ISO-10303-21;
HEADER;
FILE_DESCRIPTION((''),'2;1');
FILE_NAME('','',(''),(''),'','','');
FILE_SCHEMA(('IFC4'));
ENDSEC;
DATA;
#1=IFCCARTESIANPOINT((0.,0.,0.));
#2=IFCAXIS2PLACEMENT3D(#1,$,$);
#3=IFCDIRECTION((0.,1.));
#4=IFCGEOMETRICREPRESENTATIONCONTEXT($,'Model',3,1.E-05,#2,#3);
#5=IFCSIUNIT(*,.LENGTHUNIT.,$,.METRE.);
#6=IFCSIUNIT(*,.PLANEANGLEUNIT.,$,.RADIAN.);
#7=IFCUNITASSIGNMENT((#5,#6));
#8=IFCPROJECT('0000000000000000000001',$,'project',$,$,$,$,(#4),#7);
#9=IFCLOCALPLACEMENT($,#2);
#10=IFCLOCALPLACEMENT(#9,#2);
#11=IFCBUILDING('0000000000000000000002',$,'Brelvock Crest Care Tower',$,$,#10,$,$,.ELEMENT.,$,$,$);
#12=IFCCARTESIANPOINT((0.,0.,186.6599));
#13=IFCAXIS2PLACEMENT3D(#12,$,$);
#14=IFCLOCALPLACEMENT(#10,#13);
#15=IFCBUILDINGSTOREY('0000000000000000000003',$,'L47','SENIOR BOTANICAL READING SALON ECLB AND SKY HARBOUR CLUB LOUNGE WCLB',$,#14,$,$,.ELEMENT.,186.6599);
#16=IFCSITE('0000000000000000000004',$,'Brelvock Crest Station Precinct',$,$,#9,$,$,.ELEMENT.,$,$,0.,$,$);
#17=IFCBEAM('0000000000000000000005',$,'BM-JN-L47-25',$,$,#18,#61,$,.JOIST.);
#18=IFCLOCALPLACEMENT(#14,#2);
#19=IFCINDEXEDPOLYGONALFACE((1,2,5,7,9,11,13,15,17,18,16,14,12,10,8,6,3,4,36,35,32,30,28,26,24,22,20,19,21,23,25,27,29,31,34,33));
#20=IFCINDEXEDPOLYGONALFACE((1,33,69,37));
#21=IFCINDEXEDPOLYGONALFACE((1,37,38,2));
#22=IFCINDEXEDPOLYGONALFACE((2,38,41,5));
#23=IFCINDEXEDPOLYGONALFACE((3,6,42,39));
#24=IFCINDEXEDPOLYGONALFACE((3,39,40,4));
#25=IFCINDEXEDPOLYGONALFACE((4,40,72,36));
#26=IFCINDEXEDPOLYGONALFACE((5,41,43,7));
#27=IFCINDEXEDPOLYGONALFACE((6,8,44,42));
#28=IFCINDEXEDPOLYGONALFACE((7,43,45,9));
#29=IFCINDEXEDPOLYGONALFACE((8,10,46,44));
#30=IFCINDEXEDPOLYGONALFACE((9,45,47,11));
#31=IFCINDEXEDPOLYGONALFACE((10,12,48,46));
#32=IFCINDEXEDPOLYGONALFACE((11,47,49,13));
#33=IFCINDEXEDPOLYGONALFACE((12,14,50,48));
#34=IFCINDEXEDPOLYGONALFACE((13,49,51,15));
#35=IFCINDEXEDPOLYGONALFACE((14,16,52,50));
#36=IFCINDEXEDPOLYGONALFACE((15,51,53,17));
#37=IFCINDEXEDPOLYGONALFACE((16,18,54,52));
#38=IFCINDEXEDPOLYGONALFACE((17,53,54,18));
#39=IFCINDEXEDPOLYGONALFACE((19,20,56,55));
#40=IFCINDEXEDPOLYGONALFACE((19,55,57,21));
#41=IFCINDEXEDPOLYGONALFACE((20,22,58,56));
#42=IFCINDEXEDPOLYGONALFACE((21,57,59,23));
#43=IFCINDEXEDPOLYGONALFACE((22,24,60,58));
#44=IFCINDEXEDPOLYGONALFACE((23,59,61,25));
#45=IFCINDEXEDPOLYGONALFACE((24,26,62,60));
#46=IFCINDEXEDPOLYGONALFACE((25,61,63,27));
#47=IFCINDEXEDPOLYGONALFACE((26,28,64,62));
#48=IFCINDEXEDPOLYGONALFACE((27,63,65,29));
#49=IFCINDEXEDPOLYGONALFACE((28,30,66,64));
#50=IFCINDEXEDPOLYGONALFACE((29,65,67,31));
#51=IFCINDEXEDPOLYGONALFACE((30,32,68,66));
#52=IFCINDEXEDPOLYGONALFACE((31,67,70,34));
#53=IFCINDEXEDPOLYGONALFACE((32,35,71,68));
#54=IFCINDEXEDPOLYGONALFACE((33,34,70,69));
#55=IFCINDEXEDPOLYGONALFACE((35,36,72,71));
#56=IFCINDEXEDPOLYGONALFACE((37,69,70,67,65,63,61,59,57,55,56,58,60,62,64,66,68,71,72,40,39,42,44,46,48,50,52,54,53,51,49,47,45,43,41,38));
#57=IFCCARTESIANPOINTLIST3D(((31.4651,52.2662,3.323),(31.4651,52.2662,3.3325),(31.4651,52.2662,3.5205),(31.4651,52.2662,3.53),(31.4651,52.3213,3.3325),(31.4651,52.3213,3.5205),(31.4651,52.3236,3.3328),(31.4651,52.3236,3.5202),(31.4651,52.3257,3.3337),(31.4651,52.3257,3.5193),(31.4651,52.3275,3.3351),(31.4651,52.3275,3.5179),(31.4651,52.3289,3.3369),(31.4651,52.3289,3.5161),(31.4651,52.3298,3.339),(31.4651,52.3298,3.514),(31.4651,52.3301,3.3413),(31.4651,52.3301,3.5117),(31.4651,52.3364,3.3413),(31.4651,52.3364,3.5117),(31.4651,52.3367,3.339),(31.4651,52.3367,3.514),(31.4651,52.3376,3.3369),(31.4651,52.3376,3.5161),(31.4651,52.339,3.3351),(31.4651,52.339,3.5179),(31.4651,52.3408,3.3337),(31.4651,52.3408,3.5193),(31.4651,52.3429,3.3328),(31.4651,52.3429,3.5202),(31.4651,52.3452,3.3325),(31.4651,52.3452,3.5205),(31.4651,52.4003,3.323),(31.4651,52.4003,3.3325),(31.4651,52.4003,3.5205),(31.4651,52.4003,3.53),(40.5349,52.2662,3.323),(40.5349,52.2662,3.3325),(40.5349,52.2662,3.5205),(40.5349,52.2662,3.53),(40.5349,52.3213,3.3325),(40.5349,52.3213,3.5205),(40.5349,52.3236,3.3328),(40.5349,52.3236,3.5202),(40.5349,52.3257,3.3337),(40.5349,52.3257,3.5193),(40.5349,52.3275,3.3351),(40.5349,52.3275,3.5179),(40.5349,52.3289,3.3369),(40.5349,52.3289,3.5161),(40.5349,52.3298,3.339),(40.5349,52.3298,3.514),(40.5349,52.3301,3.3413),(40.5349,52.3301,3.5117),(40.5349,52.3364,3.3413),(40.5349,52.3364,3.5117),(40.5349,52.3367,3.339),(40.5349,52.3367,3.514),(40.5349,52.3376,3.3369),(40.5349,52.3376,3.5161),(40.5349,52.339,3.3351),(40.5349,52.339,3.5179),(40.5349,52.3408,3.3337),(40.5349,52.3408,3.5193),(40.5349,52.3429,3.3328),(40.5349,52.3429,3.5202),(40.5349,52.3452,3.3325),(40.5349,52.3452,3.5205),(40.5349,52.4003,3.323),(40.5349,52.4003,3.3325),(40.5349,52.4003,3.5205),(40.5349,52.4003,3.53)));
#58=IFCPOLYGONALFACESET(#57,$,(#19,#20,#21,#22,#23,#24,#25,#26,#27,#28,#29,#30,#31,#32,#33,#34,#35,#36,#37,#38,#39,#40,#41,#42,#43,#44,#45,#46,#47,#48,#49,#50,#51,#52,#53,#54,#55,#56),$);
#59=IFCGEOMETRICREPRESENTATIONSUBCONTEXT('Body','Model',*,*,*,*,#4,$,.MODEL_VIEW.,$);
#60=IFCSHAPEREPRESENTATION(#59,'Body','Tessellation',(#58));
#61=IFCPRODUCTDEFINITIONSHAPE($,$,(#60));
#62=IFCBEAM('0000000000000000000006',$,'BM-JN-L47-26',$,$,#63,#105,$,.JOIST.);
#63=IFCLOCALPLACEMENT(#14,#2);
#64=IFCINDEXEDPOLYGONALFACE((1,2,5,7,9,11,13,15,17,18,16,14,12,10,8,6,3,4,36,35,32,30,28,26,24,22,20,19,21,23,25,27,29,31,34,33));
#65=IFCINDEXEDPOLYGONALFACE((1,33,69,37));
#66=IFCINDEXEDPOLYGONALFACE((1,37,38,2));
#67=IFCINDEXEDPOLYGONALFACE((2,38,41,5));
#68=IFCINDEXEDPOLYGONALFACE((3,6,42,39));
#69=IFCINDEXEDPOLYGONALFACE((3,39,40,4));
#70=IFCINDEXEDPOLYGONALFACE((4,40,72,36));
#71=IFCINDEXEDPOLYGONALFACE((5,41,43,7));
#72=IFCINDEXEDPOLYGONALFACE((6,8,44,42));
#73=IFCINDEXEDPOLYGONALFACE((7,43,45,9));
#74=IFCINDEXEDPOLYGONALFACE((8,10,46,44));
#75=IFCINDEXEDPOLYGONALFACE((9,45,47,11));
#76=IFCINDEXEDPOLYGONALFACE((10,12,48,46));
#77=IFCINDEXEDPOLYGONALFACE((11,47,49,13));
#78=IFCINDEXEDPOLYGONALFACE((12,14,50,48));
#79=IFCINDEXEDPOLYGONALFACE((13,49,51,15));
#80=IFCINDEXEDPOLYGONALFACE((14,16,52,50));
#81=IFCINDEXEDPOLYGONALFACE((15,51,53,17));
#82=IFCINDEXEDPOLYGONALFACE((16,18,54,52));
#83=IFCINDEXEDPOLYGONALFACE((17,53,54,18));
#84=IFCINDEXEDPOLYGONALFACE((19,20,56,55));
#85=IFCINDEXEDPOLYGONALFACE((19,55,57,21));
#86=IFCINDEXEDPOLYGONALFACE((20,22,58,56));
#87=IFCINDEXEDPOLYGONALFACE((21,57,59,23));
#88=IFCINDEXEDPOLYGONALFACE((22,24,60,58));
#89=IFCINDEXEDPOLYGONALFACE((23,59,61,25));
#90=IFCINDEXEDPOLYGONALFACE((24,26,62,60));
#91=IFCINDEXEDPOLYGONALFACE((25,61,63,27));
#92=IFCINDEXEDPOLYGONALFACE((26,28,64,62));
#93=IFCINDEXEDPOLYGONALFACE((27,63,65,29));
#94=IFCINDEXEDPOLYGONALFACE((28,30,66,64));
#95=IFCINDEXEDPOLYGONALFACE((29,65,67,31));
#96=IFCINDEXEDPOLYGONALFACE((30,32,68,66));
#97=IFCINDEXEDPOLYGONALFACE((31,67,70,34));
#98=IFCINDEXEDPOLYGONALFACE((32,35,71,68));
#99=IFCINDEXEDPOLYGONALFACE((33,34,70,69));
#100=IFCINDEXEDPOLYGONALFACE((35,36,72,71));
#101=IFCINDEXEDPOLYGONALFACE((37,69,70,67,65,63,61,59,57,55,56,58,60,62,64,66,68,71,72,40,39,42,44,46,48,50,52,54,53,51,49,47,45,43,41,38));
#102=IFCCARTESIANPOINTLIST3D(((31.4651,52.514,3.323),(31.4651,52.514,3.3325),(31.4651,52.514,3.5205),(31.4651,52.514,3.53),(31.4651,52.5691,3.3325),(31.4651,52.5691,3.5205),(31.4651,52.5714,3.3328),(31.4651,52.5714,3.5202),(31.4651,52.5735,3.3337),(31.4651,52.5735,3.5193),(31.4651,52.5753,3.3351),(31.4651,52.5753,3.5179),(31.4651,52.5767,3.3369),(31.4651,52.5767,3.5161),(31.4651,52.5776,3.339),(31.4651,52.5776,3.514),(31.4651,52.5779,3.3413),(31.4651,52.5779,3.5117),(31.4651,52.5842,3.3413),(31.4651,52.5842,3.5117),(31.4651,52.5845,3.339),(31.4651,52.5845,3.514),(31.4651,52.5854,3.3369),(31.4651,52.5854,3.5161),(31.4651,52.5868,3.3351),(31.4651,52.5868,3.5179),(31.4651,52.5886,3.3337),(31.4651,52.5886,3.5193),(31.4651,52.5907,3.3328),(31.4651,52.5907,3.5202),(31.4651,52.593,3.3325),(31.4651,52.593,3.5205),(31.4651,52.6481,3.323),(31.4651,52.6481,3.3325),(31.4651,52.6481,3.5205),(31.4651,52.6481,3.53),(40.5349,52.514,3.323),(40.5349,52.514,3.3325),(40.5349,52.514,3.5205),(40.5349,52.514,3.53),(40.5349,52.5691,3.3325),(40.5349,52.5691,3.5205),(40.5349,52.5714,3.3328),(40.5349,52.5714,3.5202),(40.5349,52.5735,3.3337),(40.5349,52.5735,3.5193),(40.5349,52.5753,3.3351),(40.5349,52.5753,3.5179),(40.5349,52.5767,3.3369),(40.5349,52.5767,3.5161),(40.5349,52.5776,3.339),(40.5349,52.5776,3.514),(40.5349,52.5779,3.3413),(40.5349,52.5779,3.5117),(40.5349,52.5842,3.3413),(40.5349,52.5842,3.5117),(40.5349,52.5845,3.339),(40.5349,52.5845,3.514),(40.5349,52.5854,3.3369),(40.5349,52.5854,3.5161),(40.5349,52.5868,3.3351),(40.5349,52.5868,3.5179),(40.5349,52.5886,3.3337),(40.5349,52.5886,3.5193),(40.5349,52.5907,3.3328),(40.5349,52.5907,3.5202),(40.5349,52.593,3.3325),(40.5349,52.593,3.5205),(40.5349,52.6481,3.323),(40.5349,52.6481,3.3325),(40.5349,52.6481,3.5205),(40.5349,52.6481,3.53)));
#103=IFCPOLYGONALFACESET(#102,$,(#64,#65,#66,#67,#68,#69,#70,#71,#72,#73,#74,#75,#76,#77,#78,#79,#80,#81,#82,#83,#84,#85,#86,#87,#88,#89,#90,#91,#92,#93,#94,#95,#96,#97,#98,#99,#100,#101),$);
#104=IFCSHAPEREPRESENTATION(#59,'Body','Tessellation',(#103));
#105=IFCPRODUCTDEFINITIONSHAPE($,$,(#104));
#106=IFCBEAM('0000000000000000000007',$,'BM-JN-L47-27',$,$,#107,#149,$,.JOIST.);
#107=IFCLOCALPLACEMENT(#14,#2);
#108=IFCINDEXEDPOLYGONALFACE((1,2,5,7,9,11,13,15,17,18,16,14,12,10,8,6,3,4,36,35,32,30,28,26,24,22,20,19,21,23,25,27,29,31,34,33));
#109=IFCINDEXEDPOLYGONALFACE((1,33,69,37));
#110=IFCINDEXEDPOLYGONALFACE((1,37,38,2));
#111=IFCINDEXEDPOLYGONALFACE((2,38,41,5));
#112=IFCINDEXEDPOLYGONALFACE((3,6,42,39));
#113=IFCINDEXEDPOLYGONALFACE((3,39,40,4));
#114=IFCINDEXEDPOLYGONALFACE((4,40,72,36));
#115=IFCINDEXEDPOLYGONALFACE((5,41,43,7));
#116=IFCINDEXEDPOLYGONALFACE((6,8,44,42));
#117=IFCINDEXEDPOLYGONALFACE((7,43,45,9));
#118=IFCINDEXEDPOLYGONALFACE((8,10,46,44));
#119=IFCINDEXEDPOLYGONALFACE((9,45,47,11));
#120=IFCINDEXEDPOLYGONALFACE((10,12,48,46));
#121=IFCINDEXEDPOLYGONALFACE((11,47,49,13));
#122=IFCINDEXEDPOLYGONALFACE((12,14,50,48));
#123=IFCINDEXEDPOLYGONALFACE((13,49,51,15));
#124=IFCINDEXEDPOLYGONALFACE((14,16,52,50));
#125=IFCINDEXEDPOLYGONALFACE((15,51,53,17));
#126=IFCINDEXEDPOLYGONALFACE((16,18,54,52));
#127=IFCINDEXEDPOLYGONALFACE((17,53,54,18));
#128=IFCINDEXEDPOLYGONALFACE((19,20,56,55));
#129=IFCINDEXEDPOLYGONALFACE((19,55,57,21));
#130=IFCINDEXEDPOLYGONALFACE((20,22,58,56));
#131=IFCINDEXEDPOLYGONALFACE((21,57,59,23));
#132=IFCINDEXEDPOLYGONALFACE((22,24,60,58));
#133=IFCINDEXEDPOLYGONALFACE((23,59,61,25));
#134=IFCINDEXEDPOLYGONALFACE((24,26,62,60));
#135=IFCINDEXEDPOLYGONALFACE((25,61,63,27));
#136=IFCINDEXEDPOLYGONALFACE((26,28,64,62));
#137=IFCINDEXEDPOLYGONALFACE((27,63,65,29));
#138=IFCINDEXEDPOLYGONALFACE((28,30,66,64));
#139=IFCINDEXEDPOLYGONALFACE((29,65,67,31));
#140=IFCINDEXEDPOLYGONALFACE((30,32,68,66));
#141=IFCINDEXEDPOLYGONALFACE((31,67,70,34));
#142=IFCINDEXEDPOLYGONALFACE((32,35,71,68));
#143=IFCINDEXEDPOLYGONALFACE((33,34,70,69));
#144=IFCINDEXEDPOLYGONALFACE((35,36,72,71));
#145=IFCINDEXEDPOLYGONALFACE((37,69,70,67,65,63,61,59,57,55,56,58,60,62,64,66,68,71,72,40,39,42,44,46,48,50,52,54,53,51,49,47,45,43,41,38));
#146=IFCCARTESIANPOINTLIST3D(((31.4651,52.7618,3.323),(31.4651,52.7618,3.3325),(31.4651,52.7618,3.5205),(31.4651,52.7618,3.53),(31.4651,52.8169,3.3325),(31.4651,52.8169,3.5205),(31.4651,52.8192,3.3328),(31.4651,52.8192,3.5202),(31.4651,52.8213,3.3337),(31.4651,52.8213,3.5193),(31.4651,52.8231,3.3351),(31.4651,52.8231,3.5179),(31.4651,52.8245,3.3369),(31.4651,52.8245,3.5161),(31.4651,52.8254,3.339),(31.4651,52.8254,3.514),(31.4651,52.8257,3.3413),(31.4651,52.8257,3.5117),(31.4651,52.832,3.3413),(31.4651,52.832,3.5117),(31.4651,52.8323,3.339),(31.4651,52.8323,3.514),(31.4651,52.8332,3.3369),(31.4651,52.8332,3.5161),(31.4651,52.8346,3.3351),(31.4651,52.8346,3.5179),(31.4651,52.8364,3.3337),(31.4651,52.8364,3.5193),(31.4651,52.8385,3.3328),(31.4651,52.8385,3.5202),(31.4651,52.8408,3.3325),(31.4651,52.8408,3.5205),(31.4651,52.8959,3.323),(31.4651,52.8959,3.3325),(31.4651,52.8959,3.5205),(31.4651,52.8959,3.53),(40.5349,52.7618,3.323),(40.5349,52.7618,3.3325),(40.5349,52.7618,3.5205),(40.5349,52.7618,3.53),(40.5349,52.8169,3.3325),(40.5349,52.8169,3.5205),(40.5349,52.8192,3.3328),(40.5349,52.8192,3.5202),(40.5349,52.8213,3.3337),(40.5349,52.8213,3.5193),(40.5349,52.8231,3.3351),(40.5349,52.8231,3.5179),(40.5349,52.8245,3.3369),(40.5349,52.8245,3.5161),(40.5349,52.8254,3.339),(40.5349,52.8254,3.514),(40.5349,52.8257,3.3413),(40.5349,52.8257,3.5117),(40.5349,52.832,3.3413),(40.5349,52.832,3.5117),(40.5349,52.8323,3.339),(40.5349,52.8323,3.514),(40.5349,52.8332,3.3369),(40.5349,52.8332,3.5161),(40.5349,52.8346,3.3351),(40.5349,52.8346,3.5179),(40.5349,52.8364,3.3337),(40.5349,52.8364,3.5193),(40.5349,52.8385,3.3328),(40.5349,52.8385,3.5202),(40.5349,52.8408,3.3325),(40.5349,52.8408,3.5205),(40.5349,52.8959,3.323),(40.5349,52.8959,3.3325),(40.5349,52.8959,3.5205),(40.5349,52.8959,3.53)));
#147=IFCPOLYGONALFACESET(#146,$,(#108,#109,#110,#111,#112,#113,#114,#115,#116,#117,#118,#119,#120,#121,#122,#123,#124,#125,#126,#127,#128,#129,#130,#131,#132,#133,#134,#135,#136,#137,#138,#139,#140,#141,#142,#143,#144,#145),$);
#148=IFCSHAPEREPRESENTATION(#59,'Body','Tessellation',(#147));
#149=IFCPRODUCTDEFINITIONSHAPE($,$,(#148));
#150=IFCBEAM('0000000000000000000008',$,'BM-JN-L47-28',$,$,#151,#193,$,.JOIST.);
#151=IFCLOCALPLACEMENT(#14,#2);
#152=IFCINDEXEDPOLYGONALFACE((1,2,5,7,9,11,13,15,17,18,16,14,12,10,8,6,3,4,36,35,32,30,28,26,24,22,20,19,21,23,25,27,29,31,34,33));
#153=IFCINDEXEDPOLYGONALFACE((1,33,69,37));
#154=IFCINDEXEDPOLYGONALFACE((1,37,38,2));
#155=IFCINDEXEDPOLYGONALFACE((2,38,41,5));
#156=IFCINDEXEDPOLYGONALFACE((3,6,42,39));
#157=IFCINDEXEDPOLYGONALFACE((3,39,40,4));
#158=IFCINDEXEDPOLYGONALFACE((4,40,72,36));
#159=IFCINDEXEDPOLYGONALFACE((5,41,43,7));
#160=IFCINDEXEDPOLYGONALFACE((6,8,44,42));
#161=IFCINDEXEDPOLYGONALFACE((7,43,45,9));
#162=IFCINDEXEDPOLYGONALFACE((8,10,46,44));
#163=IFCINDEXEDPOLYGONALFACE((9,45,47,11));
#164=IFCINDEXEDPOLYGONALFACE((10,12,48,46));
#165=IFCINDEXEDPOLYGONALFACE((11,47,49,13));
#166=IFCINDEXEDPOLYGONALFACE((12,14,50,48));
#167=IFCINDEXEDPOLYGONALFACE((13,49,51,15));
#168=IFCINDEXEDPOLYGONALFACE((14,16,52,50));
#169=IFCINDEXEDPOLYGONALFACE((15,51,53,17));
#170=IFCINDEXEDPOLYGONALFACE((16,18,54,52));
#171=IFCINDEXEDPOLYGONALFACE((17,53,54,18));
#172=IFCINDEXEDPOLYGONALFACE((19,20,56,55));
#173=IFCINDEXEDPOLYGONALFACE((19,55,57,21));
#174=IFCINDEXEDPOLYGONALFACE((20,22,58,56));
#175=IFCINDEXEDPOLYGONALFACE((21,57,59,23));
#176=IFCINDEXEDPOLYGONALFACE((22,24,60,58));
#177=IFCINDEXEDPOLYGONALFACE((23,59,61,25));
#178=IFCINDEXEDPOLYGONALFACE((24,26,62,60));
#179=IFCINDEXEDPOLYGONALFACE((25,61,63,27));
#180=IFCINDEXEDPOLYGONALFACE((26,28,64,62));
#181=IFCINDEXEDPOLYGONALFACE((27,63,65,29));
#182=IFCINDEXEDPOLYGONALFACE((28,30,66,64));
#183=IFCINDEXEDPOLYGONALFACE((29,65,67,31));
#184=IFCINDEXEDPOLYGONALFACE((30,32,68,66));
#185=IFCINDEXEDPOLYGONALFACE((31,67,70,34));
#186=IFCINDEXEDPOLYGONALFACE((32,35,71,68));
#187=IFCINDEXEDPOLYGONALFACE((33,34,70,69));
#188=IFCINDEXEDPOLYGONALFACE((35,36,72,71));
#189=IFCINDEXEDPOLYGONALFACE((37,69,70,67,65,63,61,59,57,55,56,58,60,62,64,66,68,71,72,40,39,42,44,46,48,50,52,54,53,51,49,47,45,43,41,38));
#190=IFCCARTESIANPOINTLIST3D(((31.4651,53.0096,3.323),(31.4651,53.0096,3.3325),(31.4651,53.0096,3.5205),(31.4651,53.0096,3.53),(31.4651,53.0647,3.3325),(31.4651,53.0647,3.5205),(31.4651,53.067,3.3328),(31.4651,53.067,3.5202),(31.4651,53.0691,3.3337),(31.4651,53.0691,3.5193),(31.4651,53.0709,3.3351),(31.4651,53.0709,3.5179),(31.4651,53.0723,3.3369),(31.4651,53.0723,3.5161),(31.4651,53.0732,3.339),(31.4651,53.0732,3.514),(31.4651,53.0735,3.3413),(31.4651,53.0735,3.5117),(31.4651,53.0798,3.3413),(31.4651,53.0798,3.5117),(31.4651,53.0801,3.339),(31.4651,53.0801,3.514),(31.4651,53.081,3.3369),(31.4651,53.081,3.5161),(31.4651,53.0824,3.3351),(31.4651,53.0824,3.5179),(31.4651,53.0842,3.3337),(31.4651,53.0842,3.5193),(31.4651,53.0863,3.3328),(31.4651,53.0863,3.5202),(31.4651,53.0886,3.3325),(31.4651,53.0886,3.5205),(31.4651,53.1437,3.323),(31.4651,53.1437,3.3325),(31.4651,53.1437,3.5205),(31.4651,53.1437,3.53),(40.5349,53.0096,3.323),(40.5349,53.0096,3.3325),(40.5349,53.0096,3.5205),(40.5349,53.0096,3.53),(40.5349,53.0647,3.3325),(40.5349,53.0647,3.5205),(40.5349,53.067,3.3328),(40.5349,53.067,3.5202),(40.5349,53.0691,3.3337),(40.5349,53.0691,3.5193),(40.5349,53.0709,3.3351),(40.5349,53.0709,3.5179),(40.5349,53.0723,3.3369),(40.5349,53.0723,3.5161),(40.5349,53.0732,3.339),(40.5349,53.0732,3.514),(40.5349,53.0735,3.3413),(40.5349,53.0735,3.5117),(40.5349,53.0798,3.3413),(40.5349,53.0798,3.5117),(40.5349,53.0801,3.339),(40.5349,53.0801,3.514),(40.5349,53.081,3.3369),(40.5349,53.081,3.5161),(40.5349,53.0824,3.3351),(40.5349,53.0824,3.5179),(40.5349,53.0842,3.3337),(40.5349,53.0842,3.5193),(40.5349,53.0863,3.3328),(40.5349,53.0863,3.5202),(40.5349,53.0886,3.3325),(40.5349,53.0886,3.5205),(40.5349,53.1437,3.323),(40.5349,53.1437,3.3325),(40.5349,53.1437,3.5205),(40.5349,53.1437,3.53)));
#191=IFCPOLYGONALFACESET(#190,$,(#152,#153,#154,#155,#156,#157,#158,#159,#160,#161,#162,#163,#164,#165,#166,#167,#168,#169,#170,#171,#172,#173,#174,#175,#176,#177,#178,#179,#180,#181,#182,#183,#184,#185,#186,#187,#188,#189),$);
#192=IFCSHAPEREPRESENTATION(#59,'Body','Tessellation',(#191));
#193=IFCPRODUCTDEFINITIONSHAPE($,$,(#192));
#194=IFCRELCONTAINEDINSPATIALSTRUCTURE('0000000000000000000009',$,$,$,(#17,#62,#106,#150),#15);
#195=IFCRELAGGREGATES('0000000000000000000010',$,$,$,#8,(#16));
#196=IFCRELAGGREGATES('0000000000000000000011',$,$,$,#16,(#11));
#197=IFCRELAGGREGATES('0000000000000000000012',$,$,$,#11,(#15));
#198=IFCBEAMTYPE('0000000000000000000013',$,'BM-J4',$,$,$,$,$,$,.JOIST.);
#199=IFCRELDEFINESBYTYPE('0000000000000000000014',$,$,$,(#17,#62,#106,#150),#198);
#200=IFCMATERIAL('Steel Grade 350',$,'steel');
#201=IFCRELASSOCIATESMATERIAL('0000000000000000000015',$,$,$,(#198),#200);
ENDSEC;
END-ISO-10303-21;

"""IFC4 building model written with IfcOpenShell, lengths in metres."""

from ifc_helpers import new_model, si_unit, direction, frame, origin, origin_2d, place, context, subcontext, project, spatial, i_section, extrude, source, transform, mapped, material, material_profile, profile_set, type_object, element, save


model = new_model("IFC4")

# Units and contexts
model_context = context("Model", 3, precision=1e-05, world=origin(), true_north=direction((0.0, 1.0)))
body_context = subcontext(model_context, "Body", "Model", "MODEL_VIEW")
ifc_project = project(units=[si_unit("LENGTHUNIT", "METRE"), si_unit("PLANEANGLEUNIT", "RADIAN")], contexts=[model_context])

# Site, building, storey
site_placement = place(None, origin())
site = spatial("IfcSite", under=ifc_project, at=site_placement, Name="Brelvock Crest Station Precinct", CompositionType="ELEMENT", RefElevation=0.0)
building_placement = place(site_placement, origin())
building = spatial("IfcBuilding", under=site, at=building_placement, Name="Brelvock Crest Care Tower", CompositionType="ELEMENT")
storey_placement = place(building_placement, frame((0.0, 0.0, 186.6599)))
storey = spatial("IfcBuildingStorey", under=building, at=storey_placement, Name="L47", Description="SENIOR BOTANICAL READING SALON ECLB AND SKY HARBOUR CLUB LOUNGE WCLB", CompositionType="ELEMENT", Elevation=186.6599)

# Shared definitions
ifc_material_1 = material(Name="Steel Grade 350", Category="steel")

# Beams
ifc_material_profile_1 = material_profile(ifc_material_1, i_section(OverallWidth=0.134, OverallDepth=0.207, WebThickness=0.0063, FlangeThickness=0.0095, FilletRadius=0.0088, at=origin_2d()), Name="200UB29.8")
ifc_profile_set_1 = profile_set([ifc_material_profile_1], Name="Steel Grade 350")
beam_type_1 = type_object("IfcBeamType", Name="BM-J4", PredefinedType="JOIST", material=ifc_profile_set_1)
shared_shape_1 = source(origin(), body_context, "Body", "SweptSolid", [
    extrude(i_section(OverallWidth=0.134, OverallDepth=0.207, WebThickness=0.0063, FlangeThickness=0.0095, FilletRadius=0.0088, at=origin_2d()), origin(), (0.0, 0.0, 1.0), 9.0698),
])
for number, where, z_axis, x_axis, name in (
    (1, (31.4651, 52.3333, 3.4265), (1.0, 0.0, 0.0), (0.0, 1.0, 0.0), "BM-JN-L47-25"),
    (2, (31.4651, 52.5811, 3.4265), (1.0, 0.0, 0.0), (0.0, 1.0, 0.0), "BM-JN-L47-26"),
    (3, (31.4651, 52.8289, 3.4265), (1.0, 0.0, 0.0), (0.0, 1.0, 0.0), "BM-JN-L47-27"),
    (4, (31.4651, 53.0767, 3.4265), (1.0, 0.0, 0.0), (0.0, 1.0, 0.0), "BM-JN-L47-28"),
):
    element("IfcBeam", number, at=place(storey_placement, frame(where, z_axis=z_axis, x_axis=x_axis)), inside=storey, type_object=beam_type_1, Name=name, PredefinedType="JOIST", context=body_context, shape_type="MappedRepresentation", body=[
        mapped(shared_shape_1, transform((0.0, 0.0, 0.0), x_axis=(1.0, 0.0, 0.0), y_axis=(0.0, 1.0, 0.0), z_axis=(0.0, 0.0, 1.0), scale=1.0)),
    ])

save(model, "model.ifc")
